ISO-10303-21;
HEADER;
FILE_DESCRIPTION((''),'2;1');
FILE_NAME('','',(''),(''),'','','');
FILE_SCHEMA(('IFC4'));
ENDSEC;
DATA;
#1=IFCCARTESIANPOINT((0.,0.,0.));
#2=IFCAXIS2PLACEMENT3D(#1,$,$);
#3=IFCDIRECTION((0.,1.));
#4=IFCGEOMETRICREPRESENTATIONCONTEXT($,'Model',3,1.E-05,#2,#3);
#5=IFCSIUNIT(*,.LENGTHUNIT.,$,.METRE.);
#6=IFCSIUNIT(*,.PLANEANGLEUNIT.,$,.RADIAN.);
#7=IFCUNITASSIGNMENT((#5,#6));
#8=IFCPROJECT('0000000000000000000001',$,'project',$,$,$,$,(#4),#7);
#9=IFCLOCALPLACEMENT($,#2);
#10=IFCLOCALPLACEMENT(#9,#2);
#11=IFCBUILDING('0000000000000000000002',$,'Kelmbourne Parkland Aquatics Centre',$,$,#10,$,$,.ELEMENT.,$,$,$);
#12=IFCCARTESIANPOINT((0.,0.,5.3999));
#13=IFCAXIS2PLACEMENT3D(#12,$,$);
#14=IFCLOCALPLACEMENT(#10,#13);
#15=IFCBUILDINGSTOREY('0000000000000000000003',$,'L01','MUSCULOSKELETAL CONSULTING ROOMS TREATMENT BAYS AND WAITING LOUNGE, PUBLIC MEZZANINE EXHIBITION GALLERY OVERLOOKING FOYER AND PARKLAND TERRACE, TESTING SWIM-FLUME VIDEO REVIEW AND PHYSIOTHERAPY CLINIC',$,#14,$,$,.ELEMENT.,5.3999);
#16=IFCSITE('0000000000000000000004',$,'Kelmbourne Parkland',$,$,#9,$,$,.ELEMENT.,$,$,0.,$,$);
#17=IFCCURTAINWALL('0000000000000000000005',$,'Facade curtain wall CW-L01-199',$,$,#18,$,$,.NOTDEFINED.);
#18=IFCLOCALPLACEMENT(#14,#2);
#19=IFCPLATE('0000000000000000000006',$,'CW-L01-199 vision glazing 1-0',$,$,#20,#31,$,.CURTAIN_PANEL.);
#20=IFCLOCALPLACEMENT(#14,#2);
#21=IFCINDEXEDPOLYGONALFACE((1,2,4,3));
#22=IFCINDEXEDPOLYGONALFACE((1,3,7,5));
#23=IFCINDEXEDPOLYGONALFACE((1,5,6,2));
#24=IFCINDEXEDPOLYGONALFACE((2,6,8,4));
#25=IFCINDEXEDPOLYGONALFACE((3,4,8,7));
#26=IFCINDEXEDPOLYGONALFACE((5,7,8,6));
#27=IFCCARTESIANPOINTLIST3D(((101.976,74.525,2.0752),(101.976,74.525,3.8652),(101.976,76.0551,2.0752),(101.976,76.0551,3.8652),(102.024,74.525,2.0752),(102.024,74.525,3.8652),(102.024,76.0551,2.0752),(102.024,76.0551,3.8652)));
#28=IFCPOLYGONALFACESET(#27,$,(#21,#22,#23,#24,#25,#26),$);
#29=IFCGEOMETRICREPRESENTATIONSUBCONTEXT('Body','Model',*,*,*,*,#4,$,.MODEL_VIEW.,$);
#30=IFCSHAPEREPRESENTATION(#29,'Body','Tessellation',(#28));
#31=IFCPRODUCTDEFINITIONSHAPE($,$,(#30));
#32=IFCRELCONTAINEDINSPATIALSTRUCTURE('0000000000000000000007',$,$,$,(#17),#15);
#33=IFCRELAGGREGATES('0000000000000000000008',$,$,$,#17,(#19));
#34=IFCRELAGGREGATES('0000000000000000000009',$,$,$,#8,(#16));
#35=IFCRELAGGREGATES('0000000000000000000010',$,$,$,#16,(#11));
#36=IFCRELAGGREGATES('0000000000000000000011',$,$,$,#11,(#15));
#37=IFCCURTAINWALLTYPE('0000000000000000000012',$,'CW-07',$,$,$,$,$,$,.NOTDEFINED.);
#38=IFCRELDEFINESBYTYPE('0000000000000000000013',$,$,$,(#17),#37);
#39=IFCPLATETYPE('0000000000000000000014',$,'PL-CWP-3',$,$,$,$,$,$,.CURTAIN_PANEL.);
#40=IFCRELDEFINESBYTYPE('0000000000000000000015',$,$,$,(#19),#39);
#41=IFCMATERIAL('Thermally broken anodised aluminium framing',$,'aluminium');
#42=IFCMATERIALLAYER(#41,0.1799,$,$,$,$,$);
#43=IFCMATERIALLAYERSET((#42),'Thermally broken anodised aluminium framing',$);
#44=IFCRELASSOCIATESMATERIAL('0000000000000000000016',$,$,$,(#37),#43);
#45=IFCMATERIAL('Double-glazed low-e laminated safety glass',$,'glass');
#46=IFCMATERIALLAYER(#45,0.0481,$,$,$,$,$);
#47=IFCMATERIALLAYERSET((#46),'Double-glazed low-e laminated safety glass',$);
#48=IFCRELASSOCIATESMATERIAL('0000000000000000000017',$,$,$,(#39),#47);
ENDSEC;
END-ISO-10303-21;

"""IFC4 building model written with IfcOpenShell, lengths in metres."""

from ifc_helpers import new_model, si_unit, direction, frame, origin, origin_2d, place, context, subcontext, project, spatial, rectangle, extrude, material, layer, layer_set, type_object, element, aggregate, save


model = new_model("IFC4")

# Units and contexts
model_context = context("Model", 3, precision=1e-05, world=origin(), true_north=direction((0.0, 1.0)))
body_context = subcontext(model_context, "Body", "Model", "MODEL_VIEW")
ifc_project = project(units=[si_unit("LENGTHUNIT", "METRE"), si_unit("PLANEANGLEUNIT", "RADIAN")], contexts=[model_context])

# Site, building, storey
site_placement = place(None, origin())
site = spatial("IfcSite", under=ifc_project, at=site_placement, Name="Kelmbourne Parkland", CompositionType="ELEMENT", RefElevation=0.0)
building_placement = place(site_placement, origin())
building = spatial("IfcBuilding", under=site, at=building_placement, Name="Kelmbourne Parkland Aquatics Centre", CompositionType="ELEMENT")
storey_placement = place(building_placement, frame((0.0, 0.0, 5.3999)))
storey = spatial("IfcBuildingStorey", under=building, at=storey_placement, Name="L01", Description="MUSCULOSKELETAL CONSULTING ROOMS TREATMENT BAYS AND WAITING LOUNGE, PUBLIC MEZZANINE EXHIBITION GALLERY OVERLOOKING FOYER AND PARKLAND TERRACE, TESTING SWIM-FLUME VIDEO REVIEW AND PHYSIOTHERAPY CLINIC", CompositionType="ELEMENT", Elevation=5.3999)

# Curtain wall
ifc_material_1 = material(Name="Thermally broken anodised aluminium framing", Category="aluminium")
ifc_layer_1 = layer(ifc_material_1, 0.1799)
ifc_layer_set_1 = layer_set([ifc_layer_1], Name="Thermally broken anodised aluminium framing")
curtain_wall_type_1 = type_object("IfcCurtainWallType", Name="CW-07", PredefinedType="NOTDEFINED", material=ifc_layer_set_1)
curtain_wall_1_placement = place(storey_placement, origin())
curtain_wall_1 = element("IfcCurtainWall", 1, at=curtain_wall_1_placement, inside=storey, type_object=curtain_wall_type_1, Name="Facade curtain wall CW-L01-199", PredefinedType="NOTDEFINED")

# Plate
ifc_material_2 = material(Name="Double-glazed low-e laminated safety glass", Category="glass")
ifc_layer_2 = layer(ifc_material_2, 0.0481)
ifc_layer_set_2 = layer_set([ifc_layer_2], Name="Double-glazed low-e laminated safety glass")
plate_type_1 = type_object("IfcPlateType", Name="PL-CWP-3", PredefinedType="CURTAIN_PANEL", material=ifc_layer_set_2)
plate_1_placement = place(storey_placement, frame((102.0, 75.29, 2.0752), z_axis=(0.0, 0.0, 1.0), x_axis=(0.0, 1.0, 0.0)))
plate_1 = element("IfcPlate", 2, at=plate_1_placement, type_object=plate_type_1, Name="CW-L01-199 vision glazing 1-0", PredefinedType="CURTAIN_PANEL", context=body_context, shape_type="SweptSolid", body=[
    extrude(rectangle(XDim=1.53, YDim=0.0481, at=origin_2d()), origin(), (0.0, 0.0, 1.0), 1.79),
])
aggregate(curtain_wall_1, [plate_1])

save(model, "model.ifc")
